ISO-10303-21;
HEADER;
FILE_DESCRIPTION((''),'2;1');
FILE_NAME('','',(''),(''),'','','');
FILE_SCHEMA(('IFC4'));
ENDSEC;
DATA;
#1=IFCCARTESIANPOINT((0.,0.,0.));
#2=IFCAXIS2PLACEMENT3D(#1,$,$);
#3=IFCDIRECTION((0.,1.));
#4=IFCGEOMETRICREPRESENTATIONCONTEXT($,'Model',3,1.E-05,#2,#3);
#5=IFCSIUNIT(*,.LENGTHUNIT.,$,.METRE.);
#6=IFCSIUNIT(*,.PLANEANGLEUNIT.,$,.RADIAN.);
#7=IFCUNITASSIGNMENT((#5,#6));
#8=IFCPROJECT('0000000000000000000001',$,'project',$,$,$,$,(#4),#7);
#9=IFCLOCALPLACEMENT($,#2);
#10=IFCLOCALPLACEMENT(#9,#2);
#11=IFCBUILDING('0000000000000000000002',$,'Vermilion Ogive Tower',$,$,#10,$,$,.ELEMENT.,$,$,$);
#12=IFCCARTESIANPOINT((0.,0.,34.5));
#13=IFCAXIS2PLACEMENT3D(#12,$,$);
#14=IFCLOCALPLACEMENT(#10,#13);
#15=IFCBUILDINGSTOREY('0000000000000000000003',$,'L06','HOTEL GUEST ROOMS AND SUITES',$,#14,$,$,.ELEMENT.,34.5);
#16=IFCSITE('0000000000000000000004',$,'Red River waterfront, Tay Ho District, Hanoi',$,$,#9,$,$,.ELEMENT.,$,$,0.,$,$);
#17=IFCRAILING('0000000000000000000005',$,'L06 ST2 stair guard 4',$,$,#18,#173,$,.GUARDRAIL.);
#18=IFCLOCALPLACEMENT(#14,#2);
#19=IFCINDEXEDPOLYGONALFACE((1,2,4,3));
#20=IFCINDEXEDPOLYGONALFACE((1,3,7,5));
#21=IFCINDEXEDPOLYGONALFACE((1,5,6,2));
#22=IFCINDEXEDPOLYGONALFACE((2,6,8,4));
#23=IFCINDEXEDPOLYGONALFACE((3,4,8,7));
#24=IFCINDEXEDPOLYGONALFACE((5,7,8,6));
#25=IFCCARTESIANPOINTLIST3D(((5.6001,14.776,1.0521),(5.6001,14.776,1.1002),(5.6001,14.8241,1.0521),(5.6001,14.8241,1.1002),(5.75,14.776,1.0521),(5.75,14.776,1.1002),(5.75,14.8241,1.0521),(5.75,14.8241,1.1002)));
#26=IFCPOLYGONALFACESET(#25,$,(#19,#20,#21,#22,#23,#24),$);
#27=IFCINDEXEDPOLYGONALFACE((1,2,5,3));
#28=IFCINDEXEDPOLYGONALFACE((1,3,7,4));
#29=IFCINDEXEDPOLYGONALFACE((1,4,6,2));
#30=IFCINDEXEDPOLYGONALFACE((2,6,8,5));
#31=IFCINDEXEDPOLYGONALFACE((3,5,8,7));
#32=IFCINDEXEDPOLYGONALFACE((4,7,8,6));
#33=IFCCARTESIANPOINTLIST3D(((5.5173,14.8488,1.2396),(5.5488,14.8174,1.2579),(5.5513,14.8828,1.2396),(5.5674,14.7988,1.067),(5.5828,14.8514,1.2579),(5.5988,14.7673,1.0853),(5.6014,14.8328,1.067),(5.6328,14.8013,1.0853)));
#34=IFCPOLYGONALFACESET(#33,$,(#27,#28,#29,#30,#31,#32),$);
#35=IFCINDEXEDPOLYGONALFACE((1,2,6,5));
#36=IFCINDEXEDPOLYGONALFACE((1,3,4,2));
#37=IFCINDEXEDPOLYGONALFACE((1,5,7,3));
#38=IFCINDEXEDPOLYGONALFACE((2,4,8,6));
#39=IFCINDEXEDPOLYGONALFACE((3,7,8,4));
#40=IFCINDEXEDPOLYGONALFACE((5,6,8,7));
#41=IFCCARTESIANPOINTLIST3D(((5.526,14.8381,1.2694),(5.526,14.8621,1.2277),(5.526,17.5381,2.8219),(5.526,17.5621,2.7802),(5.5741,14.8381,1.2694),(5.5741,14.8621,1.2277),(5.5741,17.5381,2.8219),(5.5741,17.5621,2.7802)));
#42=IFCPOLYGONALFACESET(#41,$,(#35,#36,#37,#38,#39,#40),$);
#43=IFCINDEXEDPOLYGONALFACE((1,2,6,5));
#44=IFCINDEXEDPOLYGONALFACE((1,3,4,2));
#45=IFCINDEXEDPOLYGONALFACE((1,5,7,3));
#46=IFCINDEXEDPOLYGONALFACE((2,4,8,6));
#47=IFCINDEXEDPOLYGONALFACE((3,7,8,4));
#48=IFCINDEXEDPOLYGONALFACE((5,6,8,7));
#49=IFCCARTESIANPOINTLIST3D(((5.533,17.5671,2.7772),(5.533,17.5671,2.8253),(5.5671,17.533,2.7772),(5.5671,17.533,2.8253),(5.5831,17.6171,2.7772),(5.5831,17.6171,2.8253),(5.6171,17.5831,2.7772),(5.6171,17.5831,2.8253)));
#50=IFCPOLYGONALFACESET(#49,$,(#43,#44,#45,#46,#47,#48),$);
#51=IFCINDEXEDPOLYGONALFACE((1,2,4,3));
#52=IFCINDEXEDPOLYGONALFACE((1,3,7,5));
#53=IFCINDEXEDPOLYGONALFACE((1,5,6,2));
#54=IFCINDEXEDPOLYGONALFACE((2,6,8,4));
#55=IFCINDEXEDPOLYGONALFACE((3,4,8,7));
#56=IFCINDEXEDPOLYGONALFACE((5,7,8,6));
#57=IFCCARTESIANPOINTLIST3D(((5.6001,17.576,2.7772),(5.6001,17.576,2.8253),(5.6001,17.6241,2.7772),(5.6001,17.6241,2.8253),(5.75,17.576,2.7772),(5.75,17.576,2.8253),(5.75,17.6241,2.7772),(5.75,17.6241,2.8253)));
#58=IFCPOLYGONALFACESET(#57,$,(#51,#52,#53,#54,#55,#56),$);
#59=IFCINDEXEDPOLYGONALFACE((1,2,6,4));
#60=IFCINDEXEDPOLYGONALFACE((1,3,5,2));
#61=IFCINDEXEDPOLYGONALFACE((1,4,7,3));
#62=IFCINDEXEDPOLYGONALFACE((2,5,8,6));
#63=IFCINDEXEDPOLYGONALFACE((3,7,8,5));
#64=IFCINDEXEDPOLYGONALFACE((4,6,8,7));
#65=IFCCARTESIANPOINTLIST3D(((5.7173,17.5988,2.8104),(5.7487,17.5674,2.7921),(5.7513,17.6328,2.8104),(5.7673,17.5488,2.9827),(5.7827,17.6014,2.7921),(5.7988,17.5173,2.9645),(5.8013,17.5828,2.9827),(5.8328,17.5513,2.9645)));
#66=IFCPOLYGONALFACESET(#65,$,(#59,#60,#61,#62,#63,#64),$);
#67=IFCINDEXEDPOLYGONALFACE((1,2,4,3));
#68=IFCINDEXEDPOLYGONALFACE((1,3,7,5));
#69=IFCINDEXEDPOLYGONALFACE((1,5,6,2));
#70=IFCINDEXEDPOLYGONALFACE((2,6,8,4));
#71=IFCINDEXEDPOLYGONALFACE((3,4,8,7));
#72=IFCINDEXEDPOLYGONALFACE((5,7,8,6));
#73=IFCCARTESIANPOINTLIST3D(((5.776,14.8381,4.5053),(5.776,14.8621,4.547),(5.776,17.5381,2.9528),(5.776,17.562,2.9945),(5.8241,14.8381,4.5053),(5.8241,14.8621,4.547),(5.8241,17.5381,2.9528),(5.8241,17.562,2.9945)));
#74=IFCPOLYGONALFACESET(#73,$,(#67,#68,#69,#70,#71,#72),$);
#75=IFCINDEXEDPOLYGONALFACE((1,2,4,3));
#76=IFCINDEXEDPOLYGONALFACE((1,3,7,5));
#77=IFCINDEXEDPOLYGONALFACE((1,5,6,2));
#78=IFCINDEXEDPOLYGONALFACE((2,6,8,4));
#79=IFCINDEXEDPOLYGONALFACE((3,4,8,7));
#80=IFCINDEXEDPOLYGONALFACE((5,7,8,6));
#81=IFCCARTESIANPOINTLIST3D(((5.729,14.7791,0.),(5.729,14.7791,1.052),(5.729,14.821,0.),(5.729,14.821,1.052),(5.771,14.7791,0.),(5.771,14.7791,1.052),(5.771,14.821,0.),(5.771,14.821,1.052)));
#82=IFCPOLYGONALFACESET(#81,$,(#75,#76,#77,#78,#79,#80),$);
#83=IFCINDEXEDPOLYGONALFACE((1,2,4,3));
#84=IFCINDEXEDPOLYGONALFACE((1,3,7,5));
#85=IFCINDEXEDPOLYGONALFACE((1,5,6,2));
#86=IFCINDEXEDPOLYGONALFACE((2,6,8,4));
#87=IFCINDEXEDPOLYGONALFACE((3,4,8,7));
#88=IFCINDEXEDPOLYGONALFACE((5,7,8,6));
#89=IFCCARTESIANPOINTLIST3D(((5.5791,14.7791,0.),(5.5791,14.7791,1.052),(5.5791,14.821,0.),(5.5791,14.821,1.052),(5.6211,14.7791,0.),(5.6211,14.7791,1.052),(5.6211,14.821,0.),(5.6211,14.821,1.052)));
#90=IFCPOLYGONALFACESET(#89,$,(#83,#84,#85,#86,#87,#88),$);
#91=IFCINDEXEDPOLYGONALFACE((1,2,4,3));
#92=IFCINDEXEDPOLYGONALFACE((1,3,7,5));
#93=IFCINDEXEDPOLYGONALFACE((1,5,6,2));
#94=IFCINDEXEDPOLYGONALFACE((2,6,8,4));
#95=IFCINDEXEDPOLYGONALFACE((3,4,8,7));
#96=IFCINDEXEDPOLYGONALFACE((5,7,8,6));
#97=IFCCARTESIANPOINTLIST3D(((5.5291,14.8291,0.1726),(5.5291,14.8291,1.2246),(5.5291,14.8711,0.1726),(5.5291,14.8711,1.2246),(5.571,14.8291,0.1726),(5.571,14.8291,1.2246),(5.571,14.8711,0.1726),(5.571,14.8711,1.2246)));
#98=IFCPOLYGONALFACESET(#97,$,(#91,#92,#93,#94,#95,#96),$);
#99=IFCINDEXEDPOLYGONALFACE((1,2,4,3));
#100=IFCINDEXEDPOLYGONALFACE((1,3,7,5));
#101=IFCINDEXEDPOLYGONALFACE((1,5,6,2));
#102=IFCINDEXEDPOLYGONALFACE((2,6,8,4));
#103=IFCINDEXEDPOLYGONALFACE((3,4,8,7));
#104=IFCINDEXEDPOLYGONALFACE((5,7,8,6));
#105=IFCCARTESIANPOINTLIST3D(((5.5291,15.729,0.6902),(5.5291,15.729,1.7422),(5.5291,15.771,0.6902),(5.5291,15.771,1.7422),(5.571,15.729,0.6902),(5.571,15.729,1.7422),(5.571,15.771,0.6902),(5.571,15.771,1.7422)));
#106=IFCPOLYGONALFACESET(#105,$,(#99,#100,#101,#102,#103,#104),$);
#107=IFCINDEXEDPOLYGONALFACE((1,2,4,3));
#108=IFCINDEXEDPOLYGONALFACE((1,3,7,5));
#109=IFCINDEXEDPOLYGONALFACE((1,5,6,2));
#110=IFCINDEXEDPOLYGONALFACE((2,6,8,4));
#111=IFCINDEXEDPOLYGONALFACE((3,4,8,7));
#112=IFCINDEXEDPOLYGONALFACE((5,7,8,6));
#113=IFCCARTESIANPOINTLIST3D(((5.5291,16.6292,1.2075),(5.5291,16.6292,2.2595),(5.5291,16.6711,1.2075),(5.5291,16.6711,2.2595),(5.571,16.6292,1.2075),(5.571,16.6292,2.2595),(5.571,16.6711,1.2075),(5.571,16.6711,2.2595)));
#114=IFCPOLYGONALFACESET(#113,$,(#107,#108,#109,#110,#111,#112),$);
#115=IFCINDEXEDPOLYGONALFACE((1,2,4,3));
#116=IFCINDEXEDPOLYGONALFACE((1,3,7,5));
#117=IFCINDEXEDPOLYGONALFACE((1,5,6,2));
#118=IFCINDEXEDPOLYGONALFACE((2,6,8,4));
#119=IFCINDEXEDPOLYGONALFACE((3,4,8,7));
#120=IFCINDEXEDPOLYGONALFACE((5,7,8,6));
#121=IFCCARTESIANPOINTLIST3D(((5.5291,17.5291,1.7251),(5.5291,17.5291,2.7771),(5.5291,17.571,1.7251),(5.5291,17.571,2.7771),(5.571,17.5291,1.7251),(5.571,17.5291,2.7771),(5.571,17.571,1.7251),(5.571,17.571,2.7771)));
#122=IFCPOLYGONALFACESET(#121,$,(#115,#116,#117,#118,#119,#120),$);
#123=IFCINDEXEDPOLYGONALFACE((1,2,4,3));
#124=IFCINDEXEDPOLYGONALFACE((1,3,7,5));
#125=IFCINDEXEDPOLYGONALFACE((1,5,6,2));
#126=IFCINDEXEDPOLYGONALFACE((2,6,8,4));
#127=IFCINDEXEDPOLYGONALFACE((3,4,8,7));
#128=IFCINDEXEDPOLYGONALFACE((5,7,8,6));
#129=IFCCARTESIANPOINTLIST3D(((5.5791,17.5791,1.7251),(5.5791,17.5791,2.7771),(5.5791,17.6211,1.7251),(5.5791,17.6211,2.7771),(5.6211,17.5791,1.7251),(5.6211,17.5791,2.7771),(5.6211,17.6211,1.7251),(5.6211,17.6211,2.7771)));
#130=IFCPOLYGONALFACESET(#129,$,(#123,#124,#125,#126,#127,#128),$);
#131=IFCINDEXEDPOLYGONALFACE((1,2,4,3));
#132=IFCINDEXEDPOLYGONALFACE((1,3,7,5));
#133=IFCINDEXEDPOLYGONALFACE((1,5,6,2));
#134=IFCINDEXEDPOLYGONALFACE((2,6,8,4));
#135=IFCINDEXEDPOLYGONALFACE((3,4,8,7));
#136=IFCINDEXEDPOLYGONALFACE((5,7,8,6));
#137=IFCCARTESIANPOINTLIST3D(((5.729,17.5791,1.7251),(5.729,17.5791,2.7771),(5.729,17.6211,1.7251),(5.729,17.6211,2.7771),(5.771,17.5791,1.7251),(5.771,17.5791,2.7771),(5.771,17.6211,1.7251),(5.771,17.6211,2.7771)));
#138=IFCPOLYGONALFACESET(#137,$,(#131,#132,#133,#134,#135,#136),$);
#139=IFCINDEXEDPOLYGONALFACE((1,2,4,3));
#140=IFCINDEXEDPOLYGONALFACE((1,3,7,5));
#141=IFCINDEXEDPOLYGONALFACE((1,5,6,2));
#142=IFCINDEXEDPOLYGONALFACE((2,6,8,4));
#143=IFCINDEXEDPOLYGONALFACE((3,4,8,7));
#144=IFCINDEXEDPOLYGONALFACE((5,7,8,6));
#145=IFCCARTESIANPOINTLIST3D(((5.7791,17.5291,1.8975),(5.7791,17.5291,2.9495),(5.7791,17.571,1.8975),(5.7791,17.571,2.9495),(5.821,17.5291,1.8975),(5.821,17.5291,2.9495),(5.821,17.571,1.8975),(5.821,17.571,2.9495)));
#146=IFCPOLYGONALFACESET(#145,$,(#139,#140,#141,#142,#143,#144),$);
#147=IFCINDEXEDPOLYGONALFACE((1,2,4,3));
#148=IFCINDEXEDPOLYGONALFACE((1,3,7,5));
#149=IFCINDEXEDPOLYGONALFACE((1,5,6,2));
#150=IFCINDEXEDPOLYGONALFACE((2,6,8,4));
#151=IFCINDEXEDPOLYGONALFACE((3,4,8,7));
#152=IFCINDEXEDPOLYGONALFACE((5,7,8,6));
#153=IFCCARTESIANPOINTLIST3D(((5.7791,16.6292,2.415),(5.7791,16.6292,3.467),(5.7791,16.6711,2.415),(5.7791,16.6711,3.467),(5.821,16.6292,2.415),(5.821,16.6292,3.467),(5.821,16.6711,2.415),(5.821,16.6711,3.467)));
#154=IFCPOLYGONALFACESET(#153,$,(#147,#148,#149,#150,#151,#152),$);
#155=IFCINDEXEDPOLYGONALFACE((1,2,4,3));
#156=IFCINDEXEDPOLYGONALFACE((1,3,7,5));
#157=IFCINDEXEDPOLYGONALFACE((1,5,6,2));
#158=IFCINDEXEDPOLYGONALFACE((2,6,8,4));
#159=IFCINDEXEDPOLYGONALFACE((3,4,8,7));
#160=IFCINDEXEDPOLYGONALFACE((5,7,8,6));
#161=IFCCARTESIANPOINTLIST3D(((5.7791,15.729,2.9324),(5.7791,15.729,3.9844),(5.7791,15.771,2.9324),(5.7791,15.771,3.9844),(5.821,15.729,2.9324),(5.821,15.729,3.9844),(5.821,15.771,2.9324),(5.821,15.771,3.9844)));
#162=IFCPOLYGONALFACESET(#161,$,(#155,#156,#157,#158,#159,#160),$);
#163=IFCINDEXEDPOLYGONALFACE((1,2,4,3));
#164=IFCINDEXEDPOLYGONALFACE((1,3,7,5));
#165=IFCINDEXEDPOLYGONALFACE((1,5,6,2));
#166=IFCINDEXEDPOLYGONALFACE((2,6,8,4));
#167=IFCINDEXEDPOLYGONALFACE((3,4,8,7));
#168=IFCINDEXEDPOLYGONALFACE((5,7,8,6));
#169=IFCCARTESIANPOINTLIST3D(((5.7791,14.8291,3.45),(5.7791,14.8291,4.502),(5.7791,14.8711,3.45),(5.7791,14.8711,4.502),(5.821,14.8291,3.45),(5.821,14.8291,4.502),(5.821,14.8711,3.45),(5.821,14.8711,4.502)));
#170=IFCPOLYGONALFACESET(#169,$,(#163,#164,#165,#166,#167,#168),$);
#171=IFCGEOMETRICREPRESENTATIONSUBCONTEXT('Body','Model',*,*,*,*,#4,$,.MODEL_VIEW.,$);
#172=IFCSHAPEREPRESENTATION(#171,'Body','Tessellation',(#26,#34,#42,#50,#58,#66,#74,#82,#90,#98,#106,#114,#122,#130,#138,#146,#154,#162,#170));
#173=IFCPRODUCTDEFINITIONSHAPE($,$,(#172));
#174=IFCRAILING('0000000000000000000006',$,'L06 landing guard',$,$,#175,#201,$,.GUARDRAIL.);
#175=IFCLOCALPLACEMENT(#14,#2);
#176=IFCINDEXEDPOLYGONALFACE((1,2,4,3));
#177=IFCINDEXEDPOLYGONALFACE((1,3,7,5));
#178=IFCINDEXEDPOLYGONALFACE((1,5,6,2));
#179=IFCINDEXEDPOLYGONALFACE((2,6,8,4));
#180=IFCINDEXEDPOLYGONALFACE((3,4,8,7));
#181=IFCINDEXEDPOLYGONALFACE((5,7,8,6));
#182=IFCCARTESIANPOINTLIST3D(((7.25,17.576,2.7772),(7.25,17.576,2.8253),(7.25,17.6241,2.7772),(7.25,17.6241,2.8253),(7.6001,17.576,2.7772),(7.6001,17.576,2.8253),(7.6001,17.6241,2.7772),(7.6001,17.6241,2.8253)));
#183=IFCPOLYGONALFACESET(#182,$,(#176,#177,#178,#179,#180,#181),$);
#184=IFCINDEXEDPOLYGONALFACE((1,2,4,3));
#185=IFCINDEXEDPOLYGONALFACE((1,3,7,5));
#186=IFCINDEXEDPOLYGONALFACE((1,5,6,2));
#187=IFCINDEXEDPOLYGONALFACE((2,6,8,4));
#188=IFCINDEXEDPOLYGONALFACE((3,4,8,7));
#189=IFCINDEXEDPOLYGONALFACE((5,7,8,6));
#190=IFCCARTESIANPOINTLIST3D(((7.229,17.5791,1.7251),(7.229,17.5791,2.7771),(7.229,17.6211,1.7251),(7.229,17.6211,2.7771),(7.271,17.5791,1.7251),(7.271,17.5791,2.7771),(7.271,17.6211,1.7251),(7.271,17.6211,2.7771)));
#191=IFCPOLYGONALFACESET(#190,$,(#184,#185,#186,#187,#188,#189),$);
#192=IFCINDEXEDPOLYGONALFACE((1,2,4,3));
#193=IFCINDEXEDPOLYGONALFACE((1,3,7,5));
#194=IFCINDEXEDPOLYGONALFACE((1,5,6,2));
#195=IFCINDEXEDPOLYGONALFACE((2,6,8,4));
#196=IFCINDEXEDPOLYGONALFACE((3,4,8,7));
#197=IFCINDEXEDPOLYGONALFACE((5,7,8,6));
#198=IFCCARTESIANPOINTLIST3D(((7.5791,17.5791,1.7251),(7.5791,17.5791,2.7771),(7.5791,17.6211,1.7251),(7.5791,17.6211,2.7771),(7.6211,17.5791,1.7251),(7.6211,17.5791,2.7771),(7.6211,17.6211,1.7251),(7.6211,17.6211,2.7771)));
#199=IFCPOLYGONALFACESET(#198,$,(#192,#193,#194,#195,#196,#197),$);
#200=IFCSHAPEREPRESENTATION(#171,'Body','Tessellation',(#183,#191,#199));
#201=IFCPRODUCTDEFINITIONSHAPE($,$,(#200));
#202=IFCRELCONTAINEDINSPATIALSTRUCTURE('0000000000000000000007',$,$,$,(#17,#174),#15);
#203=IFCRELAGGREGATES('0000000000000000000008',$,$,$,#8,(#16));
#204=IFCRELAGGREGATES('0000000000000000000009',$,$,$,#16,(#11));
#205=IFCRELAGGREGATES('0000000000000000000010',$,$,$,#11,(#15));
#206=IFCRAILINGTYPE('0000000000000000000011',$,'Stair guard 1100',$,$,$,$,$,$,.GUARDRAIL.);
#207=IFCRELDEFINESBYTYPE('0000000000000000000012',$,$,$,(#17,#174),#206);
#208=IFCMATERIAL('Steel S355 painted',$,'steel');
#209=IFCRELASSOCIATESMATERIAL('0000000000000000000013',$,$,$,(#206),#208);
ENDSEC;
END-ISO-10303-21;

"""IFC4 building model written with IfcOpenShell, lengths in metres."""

from ifc_helpers import new_model, si_unit, direction, frame, origin, origin_2d, place, context, subcontext, project, spatial, rectangle, extrude, material, type_object, element, save


model = new_model("IFC4")

# Units and contexts
model_context = context("Model", 3, precision=1e-05, world=origin(), true_north=direction((0.0, 1.0)))
body_context = subcontext(model_context, "Body", "Model", "MODEL_VIEW")
ifc_project = project(units=[si_unit("LENGTHUNIT", "METRE"), si_unit("PLANEANGLEUNIT", "RADIAN")], contexts=[model_context])

# Site, building, storey
site_placement = place(None, origin())
site = spatial("IfcSite", under=ifc_project, at=site_placement, Name="Red River waterfront, Tay Ho District, Hanoi", CompositionType="ELEMENT", RefElevation=0.0)
building_placement = place(site_placement, origin())
building = spatial("IfcBuilding", under=site, at=building_placement, Name="Vermilion Ogive Tower", CompositionType="ELEMENT")
storey_placement = place(building_placement, frame((0.0, 0.0, 34.5)))
storey = spatial("IfcBuildingStorey", under=building, at=storey_placement, Name="L06", Description="HOTEL GUEST ROOMS AND SUITES", CompositionType="ELEMENT", Elevation=34.5)

# Railings
ifc_material_1 = material(Name="Steel S355 painted", Category="steel")
railing_type_1 = type_object("IfcRailingType", Name="Stair guard 1100", PredefinedType="GUARDRAIL", material=ifc_material_1)
railing_1_placement = place(storey_placement, frame((5.75, 14.8, 0.0)))
element("IfcRailing", 1, at=railing_1_placement, inside=storey, type_object=railing_type_1, Name="L06 ST2 stair guard 4", PredefinedType="GUARDRAIL", context=body_context, shape_type="SweptSolid", body=[
    extrude(rectangle(XDim=0.0481, YDim=0.0481, at=origin_2d()), frame((0.0, 0.0, 1.0762), z_axis=(-1.0, 0.0, 0.0), x_axis=(0.0, -1.0, 0.0)), (0.0, 0.0, 1.0), 0.1499),
    extrude(rectangle(XDim=0.0481, YDim=0.0481, at=origin_2d()), frame((-0.1499, 0.0, 1.0762), z_axis=(-0.268278, 0.268278, 0.925232), x_axis=(-0.707107, -0.707107, 0.0)), (0.0, 0.0, 1.0), 0.1865),
    extrude(rectangle(XDim=0.0481, YDim=0.0481, at=origin_2d()), frame((-0.2, 0.05, 1.2485), z_axis=(0.0, 0.866904, 0.498476), x_axis=(-1.0, 0.0, 0.0)), (0.0, 0.0, 1.0), 3.1145),
    extrude(rectangle(XDim=0.0481, YDim=0.0481, at=origin_2d()), frame((-0.2, 2.75, 2.8013), z_axis=(0.707107, 0.707107, 0.0), x_axis=(-0.707107, 0.707107, 0.0)), (0.0, 0.0, 1.0), 0.0708),
    extrude(rectangle(XDim=0.0481, YDim=0.0481, at=origin_2d()), frame((-0.1499, 2.8, 2.8013), z_axis=(1.0, 0.0, 0.0), x_axis=(0.0, 1.0, 0.0)), (0.0, 0.0, 1.0), 0.1499),
    extrude(rectangle(XDim=0.0481, YDim=0.0481, at=origin_2d()), frame((0.0, 2.8, 2.8013), z_axis=(0.268603, -0.268603, 0.925043), x_axis=(0.707107, 0.707107, 0.0)), (0.0, 0.0, 1.0), 0.1863),
    extrude(rectangle(XDim=0.0481, YDim=0.0481, at=origin_2d()), frame((0.05, 2.75, 2.9736), z_axis=(0.0, -0.866904, 0.498476), x_axis=(1.0, 0.0, 0.0)), (0.0, 0.0, 1.0), 3.1145),
    extrude(rectangle(XDim=0.042, YDim=0.042, at=origin_2d()), origin(), (0.0, 0.0, 1.0), 1.052),
    extrude(rectangle(XDim=0.042, YDim=0.042, at=origin_2d()), frame((-0.1499, 0.0, 0.0)), (0.0, 0.0, 1.0), 1.052),
    extrude(rectangle(XDim=0.042, YDim=0.042, at=origin_2d()), frame((-0.2, 0.05, 0.1726)), (0.0, 0.0, 1.0), 1.052),
    extrude(rectangle(XDim=0.042, YDim=0.042, at=origin_2d()), frame((-0.2, 0.95, 0.6902)), (0.0, 0.0, 1.0), 1.052),
    extrude(rectangle(XDim=0.042, YDim=0.042, at=origin_2d()), frame((-0.2, 1.8501, 1.2075)), (0.0, 0.0, 1.0), 1.052),
    extrude(rectangle(XDim=0.042, YDim=0.042, at=origin_2d()), frame((-0.2, 2.75, 1.7251)), (0.0, 0.0, 1.0), 1.052),
    extrude(rectangle(XDim=0.042, YDim=0.042, at=origin_2d()), frame((-0.1499, 2.8, 1.7251)), (0.0, 0.0, 1.0), 1.052),
    extrude(rectangle(XDim=0.042, YDim=0.042, at=origin_2d()), frame((0.0, 2.8, 1.7251)), (0.0, 0.0, 1.0), 1.052),
    extrude(rectangle(XDim=0.042, YDim=0.042, at=origin_2d()), frame((0.05, 2.75, 1.8975)), (0.0, 0.0, 1.0), 1.052),
    extrude(rectangle(XDim=0.042, YDim=0.042, at=origin_2d()), frame((0.05, 1.8501, 2.415)), (0.0, 0.0, 1.0), 1.052),
    extrude(rectangle(XDim=0.042, YDim=0.042, at=origin_2d()), frame((0.05, 0.95, 2.9324)), (0.0, 0.0, 1.0), 1.052),
    extrude(rectangle(XDim=0.042, YDim=0.042, at=origin_2d()), frame((0.05, 0.05, 3.45)), (0.0, 0.0, 1.0), 1.052),
])
railing_2_placement = place(storey_placement, frame((7.25, 17.6001, 1.7251)))
element("IfcRailing", 2, at=railing_2_placement, inside=storey, type_object=railing_type_1, Name="L06 landing guard", PredefinedType="GUARDRAIL", context=body_context, shape_type="SweptSolid", body=[
    extrude(rectangle(XDim=0.0481, YDim=0.0481, at=origin_2d()), frame((0.0, 0.0, 1.0762), z_axis=(1.0, 0.0, 0.0), x_axis=(0.0, 1.0, 0.0)), (0.0, 0.0, 1.0), 0.3501),
    extrude(rectangle(XDim=0.042, YDim=0.042, at=origin_2d()), origin(), (0.0, 0.0, 1.0), 1.052),
    extrude(rectangle(XDim=0.042, YDim=0.042, at=origin_2d()), frame((0.3501, 0.0, 0.0)), (0.0, 0.0, 1.0), 1.052),
])

save(model, "model.ifc")
